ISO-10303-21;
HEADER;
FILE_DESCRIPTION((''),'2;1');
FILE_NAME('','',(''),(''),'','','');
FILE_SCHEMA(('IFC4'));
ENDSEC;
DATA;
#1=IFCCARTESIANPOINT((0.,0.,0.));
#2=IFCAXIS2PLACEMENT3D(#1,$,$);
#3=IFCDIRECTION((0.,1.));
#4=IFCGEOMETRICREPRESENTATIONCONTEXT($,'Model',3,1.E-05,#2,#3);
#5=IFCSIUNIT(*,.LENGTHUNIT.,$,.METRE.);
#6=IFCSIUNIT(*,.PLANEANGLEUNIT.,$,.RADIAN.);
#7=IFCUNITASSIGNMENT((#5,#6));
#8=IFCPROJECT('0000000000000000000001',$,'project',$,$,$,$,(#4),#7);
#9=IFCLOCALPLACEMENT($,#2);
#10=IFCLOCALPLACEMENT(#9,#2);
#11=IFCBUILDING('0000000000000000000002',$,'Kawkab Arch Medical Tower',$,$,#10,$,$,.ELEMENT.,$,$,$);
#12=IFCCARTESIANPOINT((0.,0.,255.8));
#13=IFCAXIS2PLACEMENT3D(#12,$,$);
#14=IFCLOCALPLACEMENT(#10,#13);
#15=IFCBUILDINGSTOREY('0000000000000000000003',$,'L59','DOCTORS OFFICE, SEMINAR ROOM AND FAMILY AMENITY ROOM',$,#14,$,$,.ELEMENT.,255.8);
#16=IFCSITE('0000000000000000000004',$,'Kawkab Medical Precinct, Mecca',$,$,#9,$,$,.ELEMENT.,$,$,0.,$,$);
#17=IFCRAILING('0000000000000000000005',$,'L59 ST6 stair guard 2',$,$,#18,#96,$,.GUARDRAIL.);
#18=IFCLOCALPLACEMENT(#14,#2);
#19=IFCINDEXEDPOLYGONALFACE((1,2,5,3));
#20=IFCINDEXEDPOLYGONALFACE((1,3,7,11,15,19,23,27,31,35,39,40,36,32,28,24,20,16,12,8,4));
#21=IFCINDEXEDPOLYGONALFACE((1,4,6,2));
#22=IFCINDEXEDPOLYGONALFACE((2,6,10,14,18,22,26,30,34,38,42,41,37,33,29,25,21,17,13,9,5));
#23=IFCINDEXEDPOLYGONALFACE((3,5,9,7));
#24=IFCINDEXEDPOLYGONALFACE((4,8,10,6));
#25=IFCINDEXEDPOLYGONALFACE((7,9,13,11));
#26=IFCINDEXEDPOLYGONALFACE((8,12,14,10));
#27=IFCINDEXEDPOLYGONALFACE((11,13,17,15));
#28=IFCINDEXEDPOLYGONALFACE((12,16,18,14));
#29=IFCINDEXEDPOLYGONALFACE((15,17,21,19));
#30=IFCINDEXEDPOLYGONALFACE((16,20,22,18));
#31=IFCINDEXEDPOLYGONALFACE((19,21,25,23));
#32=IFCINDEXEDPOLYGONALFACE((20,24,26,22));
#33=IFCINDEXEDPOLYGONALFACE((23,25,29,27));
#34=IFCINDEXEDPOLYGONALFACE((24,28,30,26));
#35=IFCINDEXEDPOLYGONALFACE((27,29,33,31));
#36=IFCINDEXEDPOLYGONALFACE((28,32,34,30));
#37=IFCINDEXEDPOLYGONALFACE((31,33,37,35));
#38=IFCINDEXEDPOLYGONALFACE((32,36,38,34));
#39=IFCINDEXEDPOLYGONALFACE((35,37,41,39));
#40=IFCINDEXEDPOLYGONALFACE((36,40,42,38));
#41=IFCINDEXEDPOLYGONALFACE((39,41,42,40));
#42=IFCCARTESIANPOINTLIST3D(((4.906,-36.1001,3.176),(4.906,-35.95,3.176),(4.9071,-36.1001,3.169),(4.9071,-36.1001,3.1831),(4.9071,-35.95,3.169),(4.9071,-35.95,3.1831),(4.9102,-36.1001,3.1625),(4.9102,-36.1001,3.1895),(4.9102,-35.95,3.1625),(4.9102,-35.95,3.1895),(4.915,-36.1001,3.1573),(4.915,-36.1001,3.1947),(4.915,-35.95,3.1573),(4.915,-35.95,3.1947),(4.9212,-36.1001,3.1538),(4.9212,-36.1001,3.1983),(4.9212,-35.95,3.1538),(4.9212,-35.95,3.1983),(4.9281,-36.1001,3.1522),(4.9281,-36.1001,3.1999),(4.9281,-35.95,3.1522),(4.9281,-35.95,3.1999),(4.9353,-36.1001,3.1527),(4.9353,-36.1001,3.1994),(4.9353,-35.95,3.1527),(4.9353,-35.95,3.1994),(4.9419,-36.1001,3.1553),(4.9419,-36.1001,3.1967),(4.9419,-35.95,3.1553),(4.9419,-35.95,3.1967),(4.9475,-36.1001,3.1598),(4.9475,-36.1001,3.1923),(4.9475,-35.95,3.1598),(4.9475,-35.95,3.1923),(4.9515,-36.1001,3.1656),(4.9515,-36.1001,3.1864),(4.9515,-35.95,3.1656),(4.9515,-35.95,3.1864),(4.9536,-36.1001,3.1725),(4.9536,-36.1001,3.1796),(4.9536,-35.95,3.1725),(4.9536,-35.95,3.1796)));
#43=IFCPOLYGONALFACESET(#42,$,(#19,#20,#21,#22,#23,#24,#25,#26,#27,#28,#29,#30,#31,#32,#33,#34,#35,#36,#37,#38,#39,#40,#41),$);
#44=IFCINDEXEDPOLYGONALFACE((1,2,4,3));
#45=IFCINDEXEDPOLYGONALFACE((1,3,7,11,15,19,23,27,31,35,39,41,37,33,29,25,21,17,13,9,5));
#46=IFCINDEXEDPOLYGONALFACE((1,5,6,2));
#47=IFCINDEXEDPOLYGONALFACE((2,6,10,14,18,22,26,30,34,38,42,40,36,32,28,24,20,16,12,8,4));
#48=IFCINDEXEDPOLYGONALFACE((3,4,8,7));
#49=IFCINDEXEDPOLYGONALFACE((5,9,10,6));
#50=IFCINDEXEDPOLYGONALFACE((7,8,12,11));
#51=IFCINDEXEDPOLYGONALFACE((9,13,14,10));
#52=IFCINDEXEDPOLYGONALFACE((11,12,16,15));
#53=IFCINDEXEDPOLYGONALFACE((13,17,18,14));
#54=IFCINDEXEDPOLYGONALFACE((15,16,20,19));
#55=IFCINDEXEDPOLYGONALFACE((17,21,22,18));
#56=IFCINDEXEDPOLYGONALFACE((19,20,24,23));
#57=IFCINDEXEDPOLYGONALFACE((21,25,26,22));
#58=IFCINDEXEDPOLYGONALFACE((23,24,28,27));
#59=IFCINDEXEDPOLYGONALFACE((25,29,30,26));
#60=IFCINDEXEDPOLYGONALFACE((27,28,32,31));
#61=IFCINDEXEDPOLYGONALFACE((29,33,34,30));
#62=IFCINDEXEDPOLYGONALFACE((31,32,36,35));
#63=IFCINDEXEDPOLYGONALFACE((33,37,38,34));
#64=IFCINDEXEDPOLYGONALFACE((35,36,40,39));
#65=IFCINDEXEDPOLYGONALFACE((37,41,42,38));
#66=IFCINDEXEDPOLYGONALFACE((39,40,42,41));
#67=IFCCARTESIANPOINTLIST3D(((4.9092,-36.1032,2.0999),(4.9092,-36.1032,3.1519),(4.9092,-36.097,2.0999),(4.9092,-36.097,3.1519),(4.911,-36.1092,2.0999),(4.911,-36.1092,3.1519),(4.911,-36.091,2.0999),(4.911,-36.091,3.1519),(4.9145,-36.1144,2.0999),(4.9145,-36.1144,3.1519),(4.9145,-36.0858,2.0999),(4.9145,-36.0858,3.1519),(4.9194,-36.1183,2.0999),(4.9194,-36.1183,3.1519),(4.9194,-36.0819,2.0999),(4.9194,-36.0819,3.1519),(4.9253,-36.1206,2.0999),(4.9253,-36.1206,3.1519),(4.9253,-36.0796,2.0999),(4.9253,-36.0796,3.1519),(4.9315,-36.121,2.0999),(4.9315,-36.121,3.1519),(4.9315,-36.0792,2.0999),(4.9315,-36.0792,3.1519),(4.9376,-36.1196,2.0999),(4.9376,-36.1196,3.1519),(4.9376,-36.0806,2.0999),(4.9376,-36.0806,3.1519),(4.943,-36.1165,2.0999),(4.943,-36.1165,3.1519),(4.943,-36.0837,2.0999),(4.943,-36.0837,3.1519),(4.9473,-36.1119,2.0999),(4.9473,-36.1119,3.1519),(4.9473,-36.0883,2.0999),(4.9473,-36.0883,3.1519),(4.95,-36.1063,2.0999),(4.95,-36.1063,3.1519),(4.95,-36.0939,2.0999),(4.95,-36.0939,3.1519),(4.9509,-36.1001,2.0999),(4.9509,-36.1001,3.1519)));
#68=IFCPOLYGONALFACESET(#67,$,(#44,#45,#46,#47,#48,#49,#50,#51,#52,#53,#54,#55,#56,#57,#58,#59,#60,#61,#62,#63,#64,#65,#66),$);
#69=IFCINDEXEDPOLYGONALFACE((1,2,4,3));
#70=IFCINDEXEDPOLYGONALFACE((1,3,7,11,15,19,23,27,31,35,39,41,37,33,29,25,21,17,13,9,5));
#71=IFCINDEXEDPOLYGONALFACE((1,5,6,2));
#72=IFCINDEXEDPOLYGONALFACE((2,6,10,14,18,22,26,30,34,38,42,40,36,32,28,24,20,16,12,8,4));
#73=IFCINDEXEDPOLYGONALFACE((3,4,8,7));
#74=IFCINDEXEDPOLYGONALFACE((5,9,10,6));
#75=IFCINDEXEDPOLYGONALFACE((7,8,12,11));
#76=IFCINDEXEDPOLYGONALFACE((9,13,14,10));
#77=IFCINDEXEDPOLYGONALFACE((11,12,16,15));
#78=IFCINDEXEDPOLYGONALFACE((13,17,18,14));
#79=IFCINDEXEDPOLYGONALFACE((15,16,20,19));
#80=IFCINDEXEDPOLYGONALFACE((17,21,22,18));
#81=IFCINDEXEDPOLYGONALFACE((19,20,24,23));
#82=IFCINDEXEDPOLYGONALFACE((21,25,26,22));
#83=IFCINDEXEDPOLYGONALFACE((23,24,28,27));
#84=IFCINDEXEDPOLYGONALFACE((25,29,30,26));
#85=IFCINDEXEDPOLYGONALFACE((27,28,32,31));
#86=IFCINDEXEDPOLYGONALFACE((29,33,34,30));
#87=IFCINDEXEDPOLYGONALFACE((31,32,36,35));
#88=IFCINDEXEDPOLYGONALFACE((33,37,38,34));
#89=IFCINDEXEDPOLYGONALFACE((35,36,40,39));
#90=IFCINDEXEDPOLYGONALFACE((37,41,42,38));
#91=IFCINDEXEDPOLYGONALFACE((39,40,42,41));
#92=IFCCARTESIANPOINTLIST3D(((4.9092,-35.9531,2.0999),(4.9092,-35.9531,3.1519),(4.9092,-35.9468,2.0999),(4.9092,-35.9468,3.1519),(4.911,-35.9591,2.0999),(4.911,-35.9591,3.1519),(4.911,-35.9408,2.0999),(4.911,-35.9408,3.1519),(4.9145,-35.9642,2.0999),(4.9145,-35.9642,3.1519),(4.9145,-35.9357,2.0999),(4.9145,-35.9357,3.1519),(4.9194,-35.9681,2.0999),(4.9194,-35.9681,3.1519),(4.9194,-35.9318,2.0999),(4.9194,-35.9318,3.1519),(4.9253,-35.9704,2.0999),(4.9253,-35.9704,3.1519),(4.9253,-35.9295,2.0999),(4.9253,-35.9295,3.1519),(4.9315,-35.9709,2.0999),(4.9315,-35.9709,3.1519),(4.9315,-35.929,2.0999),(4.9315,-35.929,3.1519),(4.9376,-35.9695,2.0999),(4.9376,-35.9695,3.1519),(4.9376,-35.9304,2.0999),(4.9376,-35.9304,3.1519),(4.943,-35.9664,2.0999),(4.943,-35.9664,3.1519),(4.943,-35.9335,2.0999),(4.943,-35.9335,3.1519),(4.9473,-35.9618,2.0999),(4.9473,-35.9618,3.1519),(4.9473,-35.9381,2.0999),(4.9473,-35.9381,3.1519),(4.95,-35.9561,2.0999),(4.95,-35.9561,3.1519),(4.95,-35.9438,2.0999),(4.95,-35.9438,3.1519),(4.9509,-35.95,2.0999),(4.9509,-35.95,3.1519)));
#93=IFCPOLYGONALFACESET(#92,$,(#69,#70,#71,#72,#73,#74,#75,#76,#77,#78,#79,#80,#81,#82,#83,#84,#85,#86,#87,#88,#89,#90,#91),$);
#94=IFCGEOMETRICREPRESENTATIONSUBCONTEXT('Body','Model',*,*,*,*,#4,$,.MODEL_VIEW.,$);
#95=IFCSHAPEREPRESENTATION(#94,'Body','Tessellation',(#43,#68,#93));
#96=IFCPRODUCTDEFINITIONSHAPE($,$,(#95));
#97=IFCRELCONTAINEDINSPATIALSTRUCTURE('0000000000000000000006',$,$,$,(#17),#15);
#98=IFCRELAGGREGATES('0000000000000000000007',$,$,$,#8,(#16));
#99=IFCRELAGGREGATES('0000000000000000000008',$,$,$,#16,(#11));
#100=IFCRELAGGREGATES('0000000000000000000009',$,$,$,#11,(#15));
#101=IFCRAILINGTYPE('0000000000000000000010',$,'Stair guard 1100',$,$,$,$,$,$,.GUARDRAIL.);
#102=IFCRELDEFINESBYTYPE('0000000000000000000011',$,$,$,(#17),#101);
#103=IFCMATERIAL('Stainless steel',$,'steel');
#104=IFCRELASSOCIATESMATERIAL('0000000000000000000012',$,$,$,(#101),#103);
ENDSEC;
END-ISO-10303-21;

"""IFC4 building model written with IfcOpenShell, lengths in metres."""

from ifc_helpers import new_model, si_unit, direction, frame, origin, origin_2d, place, context, subcontext, project, spatial, circle, extrude, material, type_object, element, save


model = new_model("IFC4")

# Units and contexts
model_context = context("Model", 3, precision=1e-05, world=origin(), true_north=direction((0.0, 1.0)))
body_context = subcontext(model_context, "Body", "Model", "MODEL_VIEW")
ifc_project = project(units=[si_unit("LENGTHUNIT", "METRE"), si_unit("PLANEANGLEUNIT", "RADIAN")], contexts=[model_context])

# Site, building, storey
site_placement = place(None, origin())
site = spatial("IfcSite", under=ifc_project, at=site_placement, Name="Kawkab Medical Precinct, Mecca", CompositionType="ELEMENT", RefElevation=0.0)
building_placement = place(site_placement, origin())
building = spatial("IfcBuilding", under=site, at=building_placement, Name="Kawkab Arch Medical Tower", CompositionType="ELEMENT")
storey_placement = place(building_placement, frame((0.0, 0.0, 255.8)))
storey = spatial("IfcBuildingStorey", under=building, at=storey_placement, Name="L59", Description="DOCTORS OFFICE, SEMINAR ROOM AND FAMILY AMENITY ROOM", CompositionType="ELEMENT", Elevation=255.8)

# Railing
ifc_material_1 = material(Name="Stainless steel", Category="steel")
railing_type = type_object("IfcRailingType", Name="Stair guard 1100", PredefinedType="GUARDRAIL", material=ifc_material_1)
railing_1_placement = place(storey_placement, frame((4.9299, -36.1001, 2.0999)))
element("IfcRailing", 1, at=railing_1_placement, inside=storey, type_object=railing_type, Name="L59 ST6 stair guard 2", PredefinedType="GUARDRAIL", context=body_context, shape_type="SweptSolid", body=[
    extrude(circle(Radius=0.0239, at=origin_2d()), frame((0.0, 0.0, 1.0762), z_axis=(0.0, 1.0, 0.0), x_axis=(-1.0, 0.0, 0.0)), (0.0, 0.0, 1.0), 0.1501),
    extrude(circle(Radius=0.021, at=origin_2d()), origin(), (0.0, 0.0, 1.0), 1.052),
    extrude(circle(Radius=0.021, at=origin_2d()), frame((0.0, 0.1501, 0.0)), (0.0, 0.0, 1.0), 1.052),
])

save(model, "model.ifc")
